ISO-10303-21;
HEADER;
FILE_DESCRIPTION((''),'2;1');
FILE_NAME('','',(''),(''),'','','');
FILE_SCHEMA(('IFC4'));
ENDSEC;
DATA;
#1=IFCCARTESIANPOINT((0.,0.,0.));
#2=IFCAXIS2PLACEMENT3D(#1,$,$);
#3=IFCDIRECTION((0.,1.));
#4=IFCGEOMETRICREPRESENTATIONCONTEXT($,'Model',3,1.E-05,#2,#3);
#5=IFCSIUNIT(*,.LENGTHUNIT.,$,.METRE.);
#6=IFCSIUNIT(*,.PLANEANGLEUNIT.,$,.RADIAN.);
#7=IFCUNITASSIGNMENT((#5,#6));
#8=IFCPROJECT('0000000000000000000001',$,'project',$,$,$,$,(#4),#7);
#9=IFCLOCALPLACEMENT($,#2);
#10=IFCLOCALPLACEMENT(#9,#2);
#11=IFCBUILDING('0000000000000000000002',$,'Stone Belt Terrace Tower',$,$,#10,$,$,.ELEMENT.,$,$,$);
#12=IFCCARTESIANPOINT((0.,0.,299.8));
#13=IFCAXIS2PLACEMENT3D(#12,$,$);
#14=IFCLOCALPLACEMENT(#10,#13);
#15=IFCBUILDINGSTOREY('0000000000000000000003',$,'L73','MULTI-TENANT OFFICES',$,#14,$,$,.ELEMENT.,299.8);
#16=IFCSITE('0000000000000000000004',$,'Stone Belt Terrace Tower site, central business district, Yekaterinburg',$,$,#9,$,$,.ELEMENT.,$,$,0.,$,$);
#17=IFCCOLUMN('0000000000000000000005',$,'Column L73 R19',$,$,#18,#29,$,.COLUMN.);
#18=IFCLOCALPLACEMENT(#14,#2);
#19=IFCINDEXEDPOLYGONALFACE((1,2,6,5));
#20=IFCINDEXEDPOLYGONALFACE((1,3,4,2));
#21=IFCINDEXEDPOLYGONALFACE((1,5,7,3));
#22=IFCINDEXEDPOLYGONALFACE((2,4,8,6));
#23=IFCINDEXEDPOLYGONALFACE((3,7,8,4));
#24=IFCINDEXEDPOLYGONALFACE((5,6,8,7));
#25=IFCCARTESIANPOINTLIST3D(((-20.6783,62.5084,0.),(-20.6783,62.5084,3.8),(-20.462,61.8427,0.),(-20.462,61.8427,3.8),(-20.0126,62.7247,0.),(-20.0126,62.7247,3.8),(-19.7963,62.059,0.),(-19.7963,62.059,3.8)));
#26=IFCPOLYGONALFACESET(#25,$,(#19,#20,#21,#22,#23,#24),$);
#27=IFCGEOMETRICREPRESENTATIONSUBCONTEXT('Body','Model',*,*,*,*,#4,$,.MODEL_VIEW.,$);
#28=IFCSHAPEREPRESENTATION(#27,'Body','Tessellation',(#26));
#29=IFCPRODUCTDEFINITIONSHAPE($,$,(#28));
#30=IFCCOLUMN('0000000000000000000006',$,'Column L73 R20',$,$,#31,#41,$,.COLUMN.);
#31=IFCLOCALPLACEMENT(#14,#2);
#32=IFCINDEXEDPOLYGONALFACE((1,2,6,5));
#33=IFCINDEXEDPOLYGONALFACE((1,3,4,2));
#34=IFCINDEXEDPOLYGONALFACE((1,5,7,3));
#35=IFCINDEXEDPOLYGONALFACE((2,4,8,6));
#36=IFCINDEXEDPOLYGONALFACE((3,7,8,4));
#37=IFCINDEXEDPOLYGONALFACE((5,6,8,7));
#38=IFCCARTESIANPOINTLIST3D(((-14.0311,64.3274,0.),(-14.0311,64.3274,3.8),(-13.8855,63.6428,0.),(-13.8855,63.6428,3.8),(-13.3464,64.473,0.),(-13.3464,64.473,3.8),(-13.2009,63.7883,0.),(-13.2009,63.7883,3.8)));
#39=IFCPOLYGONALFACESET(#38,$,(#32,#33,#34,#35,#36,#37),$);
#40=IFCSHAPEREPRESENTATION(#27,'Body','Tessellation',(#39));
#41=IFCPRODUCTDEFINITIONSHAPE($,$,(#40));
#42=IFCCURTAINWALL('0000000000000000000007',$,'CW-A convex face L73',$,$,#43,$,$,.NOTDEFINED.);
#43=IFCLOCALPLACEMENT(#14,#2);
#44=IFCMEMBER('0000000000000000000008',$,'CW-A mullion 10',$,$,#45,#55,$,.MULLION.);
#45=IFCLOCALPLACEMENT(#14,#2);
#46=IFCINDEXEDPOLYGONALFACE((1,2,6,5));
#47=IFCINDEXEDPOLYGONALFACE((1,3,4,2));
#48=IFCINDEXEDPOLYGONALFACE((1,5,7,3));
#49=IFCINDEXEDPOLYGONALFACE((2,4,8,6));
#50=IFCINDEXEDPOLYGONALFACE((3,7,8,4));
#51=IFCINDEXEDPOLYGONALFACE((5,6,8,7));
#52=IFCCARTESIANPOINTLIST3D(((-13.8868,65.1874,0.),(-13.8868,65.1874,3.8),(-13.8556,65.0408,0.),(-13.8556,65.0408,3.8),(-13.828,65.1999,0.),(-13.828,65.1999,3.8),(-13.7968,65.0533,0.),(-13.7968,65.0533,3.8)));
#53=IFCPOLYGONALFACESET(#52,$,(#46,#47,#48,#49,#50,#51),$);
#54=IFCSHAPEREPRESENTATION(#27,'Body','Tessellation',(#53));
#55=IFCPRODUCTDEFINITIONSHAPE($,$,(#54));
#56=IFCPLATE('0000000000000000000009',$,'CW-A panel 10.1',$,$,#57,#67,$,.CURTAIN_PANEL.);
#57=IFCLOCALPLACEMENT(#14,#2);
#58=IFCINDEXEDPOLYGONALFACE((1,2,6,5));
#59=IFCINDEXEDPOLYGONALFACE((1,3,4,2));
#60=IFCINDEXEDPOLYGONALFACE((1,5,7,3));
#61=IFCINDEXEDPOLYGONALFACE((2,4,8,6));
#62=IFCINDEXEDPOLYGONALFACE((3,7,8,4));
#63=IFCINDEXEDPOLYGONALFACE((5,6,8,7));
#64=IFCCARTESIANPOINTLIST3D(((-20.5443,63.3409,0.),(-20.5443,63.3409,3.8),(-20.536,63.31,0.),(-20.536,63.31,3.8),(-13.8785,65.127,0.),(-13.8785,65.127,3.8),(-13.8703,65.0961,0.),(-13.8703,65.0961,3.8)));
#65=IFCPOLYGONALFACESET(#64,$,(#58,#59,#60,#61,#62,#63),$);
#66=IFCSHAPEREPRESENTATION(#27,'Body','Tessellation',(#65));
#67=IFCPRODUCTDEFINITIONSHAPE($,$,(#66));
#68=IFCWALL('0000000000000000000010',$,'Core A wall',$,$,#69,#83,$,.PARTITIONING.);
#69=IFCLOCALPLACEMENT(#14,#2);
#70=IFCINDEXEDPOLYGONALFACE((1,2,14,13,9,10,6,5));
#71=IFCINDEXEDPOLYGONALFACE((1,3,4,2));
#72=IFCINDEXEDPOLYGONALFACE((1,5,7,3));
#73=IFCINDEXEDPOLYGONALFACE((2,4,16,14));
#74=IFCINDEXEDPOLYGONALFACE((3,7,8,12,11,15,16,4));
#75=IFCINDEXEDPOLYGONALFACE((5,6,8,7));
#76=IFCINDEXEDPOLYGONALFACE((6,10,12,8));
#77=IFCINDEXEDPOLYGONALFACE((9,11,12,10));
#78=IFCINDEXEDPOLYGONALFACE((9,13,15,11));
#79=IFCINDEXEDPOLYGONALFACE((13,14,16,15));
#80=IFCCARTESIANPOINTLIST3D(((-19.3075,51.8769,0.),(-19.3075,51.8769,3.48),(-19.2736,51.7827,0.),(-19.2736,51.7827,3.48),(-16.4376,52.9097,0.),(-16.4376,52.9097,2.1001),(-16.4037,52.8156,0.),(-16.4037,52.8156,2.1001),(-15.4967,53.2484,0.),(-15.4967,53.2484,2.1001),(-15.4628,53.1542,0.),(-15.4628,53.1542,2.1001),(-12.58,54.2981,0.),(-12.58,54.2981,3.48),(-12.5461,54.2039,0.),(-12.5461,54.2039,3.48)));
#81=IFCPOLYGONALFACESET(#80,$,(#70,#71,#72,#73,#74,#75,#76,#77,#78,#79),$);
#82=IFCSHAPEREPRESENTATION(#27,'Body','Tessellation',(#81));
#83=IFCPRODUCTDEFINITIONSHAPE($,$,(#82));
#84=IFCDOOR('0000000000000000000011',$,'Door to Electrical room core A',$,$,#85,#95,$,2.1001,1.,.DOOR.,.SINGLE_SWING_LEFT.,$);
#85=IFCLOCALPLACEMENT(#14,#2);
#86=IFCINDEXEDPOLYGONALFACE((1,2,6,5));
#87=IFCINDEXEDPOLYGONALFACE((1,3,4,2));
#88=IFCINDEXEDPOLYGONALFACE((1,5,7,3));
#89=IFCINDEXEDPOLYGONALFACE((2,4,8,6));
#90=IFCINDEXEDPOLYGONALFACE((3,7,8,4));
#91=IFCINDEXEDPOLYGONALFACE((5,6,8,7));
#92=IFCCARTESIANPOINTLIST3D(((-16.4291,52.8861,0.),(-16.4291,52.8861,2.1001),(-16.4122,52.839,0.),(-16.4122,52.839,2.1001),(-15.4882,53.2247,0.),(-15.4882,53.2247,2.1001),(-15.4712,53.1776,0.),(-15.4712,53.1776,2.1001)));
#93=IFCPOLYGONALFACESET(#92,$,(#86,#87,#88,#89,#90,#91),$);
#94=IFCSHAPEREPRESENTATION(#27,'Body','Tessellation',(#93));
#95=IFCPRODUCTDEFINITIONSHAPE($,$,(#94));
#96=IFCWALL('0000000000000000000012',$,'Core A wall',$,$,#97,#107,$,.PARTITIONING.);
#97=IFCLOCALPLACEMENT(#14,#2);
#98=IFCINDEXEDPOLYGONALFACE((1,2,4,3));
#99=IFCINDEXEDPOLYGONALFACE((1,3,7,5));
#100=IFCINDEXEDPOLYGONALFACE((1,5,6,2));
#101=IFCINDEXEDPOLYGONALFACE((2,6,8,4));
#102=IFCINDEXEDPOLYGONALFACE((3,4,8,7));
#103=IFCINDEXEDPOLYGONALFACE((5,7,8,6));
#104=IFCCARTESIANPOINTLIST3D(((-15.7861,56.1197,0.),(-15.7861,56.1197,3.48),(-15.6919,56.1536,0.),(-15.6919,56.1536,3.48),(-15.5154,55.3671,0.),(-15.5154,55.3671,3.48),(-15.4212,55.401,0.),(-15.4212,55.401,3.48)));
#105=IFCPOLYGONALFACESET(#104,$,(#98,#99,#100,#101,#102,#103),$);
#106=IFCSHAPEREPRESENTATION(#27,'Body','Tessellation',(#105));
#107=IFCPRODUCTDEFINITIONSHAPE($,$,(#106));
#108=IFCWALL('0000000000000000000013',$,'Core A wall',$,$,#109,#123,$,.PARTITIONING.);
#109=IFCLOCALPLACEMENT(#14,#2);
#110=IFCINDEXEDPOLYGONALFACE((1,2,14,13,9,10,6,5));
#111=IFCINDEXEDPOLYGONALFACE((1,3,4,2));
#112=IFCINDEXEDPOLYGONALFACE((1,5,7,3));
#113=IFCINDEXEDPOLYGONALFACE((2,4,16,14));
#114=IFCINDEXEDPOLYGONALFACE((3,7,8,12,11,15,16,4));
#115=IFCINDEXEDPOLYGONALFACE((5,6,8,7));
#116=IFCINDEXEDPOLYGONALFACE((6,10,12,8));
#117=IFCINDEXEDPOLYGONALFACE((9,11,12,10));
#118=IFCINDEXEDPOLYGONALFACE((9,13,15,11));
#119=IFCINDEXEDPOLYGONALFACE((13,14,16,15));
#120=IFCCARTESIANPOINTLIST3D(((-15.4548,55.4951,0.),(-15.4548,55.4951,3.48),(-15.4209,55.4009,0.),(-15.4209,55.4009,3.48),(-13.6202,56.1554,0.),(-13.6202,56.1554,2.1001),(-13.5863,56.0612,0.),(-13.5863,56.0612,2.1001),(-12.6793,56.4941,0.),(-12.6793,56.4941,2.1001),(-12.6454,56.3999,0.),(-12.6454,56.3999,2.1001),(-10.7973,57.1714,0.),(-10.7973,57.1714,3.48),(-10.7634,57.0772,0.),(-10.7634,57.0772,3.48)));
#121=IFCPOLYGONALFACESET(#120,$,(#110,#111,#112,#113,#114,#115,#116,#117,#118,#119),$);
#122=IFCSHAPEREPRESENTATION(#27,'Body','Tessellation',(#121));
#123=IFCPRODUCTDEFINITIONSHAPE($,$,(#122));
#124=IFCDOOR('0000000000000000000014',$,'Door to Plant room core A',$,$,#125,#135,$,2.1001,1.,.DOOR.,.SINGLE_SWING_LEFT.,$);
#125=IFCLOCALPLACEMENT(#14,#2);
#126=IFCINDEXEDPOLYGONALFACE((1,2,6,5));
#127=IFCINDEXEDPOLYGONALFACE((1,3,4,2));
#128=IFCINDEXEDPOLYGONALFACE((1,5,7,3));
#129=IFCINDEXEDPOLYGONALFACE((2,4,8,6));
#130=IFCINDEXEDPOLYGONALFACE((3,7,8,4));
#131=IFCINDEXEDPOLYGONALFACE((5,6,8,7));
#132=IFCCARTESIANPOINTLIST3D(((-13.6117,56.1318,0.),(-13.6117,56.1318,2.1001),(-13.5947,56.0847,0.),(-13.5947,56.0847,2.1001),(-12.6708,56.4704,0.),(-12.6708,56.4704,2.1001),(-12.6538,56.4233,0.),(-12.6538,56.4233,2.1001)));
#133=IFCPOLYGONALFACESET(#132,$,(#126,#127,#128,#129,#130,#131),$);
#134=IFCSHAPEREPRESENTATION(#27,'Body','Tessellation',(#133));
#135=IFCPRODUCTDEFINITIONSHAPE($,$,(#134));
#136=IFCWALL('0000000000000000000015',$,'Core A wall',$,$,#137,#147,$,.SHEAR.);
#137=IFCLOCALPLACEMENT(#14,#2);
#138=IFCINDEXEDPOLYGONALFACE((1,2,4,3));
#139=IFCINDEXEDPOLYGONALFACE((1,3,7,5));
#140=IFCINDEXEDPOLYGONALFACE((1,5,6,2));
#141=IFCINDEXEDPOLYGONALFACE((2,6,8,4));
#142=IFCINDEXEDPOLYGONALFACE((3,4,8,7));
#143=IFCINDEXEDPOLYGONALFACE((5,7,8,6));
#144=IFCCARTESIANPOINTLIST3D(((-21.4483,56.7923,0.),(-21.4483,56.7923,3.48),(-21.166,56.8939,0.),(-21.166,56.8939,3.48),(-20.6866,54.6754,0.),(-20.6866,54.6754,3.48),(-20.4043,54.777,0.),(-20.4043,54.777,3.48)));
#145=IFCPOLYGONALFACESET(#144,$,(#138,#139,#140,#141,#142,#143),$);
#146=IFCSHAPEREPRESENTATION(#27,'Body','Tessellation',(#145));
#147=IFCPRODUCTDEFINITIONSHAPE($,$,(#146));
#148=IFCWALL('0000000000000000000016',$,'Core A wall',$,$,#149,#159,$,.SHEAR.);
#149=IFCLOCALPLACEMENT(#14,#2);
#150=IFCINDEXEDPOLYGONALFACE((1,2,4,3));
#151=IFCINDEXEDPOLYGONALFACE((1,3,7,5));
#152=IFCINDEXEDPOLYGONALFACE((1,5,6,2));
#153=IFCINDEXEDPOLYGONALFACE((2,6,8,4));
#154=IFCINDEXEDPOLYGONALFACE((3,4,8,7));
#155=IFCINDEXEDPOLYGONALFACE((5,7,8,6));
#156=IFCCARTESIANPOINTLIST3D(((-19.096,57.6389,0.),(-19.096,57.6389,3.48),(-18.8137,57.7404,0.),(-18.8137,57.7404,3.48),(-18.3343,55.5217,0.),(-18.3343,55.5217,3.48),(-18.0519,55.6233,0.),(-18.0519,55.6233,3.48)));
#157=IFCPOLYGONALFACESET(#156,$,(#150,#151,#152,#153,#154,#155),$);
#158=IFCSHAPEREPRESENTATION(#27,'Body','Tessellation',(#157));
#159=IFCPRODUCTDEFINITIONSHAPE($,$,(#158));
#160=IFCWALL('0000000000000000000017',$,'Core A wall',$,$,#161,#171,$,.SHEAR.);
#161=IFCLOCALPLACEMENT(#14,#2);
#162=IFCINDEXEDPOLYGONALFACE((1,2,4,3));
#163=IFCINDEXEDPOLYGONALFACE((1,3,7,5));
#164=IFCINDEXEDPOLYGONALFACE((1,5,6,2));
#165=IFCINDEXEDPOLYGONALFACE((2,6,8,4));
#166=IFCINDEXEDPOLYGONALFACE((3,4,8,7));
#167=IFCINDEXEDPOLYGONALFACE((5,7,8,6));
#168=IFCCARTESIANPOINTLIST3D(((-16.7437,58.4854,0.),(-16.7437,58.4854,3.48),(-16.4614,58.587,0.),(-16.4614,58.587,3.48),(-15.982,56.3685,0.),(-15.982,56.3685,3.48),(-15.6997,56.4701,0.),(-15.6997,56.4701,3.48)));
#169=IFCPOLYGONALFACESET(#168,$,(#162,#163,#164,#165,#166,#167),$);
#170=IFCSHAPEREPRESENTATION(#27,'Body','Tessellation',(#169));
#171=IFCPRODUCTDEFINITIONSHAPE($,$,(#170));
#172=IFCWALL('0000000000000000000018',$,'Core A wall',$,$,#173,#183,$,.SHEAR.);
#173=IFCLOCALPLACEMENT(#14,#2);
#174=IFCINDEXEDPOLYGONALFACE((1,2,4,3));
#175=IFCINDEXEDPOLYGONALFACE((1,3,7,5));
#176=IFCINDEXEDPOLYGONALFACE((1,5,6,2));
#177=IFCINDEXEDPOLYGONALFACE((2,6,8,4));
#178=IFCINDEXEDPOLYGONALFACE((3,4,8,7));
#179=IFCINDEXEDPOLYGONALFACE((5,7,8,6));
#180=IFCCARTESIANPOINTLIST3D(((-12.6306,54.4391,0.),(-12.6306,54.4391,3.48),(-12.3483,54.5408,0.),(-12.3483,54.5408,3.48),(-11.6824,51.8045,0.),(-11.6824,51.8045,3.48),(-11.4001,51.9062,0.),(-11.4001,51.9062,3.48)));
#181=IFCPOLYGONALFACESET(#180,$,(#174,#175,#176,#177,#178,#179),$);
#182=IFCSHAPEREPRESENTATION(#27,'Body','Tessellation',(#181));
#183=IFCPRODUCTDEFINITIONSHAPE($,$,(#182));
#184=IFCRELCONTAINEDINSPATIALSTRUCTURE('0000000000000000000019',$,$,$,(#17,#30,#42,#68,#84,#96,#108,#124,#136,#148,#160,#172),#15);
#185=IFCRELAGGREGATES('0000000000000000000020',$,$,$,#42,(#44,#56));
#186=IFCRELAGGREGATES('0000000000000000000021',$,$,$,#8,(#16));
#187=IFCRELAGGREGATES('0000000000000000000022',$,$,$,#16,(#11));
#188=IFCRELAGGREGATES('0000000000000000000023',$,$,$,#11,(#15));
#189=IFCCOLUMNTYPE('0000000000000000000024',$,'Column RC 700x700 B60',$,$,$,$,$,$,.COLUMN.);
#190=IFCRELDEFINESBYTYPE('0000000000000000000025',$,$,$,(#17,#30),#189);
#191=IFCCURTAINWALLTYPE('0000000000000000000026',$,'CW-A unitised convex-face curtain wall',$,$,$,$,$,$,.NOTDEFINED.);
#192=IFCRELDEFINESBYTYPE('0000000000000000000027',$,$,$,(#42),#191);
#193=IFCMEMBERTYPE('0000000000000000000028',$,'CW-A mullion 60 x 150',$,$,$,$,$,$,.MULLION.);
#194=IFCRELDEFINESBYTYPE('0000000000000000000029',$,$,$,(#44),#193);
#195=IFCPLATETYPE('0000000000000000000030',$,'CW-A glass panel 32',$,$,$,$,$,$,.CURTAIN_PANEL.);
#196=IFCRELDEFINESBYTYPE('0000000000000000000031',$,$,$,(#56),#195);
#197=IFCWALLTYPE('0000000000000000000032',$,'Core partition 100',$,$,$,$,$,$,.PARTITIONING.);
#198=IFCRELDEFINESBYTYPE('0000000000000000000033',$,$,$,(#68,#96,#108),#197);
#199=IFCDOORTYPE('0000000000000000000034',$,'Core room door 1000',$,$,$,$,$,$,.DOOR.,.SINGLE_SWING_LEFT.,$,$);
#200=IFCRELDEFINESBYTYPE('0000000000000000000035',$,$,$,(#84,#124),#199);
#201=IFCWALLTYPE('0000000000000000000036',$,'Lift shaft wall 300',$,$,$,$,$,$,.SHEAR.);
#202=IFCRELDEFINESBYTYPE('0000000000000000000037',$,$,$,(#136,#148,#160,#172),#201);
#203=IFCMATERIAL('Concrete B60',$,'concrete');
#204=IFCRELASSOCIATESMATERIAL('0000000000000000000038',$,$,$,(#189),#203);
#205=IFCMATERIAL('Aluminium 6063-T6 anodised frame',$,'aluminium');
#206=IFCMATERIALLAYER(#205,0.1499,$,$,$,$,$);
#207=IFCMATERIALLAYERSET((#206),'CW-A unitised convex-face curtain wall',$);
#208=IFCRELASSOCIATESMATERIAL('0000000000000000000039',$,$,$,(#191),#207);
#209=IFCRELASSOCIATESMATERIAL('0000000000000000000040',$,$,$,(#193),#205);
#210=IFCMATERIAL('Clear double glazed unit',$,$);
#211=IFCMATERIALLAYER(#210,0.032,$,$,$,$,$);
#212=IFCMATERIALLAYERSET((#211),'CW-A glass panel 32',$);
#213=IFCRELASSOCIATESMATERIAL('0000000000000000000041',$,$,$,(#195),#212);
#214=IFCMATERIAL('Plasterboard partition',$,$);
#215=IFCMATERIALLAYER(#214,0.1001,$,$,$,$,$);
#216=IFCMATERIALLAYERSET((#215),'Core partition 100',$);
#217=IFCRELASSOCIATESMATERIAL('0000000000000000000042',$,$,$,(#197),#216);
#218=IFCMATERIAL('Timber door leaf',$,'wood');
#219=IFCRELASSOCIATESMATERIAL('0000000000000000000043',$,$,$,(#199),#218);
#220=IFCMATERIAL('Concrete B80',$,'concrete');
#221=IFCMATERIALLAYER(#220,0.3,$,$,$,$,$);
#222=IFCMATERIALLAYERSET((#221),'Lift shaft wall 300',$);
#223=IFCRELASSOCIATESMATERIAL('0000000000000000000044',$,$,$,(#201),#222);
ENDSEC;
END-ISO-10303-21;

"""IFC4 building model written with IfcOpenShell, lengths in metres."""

from ifc_helpers import new_model, si_unit, direction, frame, frame_2d, origin, origin_2d, place, context, subcontext, project, spatial, rectangle, extrude, material, layer, layer_set, material_profile, profile_set, type_object, element, fill, aggregate, save


model = new_model("IFC4")

# Units and contexts
model_context = context("Model", 3, precision=1e-05, world=origin(), true_north=direction((0.0, 1.0)))
body_context = subcontext(model_context, "Body", "Model", "MODEL_VIEW")
ifc_project = project(units=[si_unit("LENGTHUNIT", "METRE"), si_unit("PLANEANGLEUNIT", "RADIAN")], contexts=[model_context])

# Site, building, storey
site_placement = place(None, origin())
site = spatial("IfcSite", under=ifc_project, at=site_placement, Name="Stone Belt Terrace Tower site, central business district, Yekaterinburg", CompositionType="ELEMENT", RefElevation=0.0)
building_placement = place(site_placement, origin())
building = spatial("IfcBuilding", under=site, at=building_placement, Name="Stone Belt Terrace Tower", CompositionType="ELEMENT")
storey_placement = place(building_placement, frame((0.0, 0.0, 299.8)))
storey = spatial("IfcBuildingStorey", under=building, at=storey_placement, Name="L73", Description="MULTI-TENANT OFFICES", CompositionType="ELEMENT", Elevation=299.8)

# Columns
ifc_material_1 = material(Name="Concrete B60", Category="concrete")
ifc_material_profile_1 = material_profile(ifc_material_1, rectangle(XDim=0.7, YDim=0.7, at=origin_2d()), Name="RC 700x700")
ifc_profile_set_1 = profile_set([ifc_material_profile_1], Name="Concrete B60")
column_type = type_object("IfcColumnType", Name="Column RC 700x700 B60", PredefinedType="COLUMN", material=ifc_profile_set_1)
for number, where, z_axis, x_axis, name in (
    (1, (-20.2373, 62.2837, 0.0), (0.0, 0.0, 1.0), (0.951057, 0.309017, 0.0), "Column L73 R19"),
    (2, (-13.616, 64.0579, 0.0), (0.0, 0.0, 1.0), (0.978148, 0.207912, 0.0), "Column L73 R20"),
):
    element("IfcColumn", number, at=place(storey_placement, frame(where, z_axis=z_axis, x_axis=x_axis)), inside=storey, type_object=column_type, Name=name, PredefinedType="COLUMN", context=body_context, shape_type="SweptSolid", body=[
        extrude(rectangle(XDim=0.7, YDim=0.7, at=origin_2d()), origin(), (0.0, 0.0, 1.0), 3.8),
    ])

# Curtain wall, member, plate
ifc_material_2 = material(Name="Aluminium 6063-T6 anodised frame", Category="aluminium")
ifc_layer_1 = layer(ifc_material_2, 0.1499)
ifc_layer_set_1 = layer_set([ifc_layer_1], Name="CW-A unitised convex-face curtain wall")
curtain_wall_type = type_object("IfcCurtainWallType", Name="CW-A unitised convex-face curtain wall", PredefinedType="NOTDEFINED", material=ifc_layer_set_1)
curtain_wall_placement = place(storey_placement, origin())
curtain_wall = element("IfcCurtainWall", 3, at=curtain_wall_placement, inside=storey, type_object=curtain_wall_type, Name="CW-A convex face L73", PredefinedType="NOTDEFINED")
ifc_material_profile_2 = material_profile(ifc_material_2, rectangle(XDim=0.1499, YDim=0.0601, at=origin_2d()), Name="Aluminium 6063-T6 60x150")
ifc_profile_set_2 = profile_set([ifc_material_profile_2], Name="Aluminium 6063-T6 anodised frame")
member_type = type_object("IfcMemberType", Name="CW-A mullion 60 x 150", PredefinedType="MULLION", material=ifc_profile_set_2)
member_placement = place(storey_placement, frame((-13.8418, 65.1204, 0.0), z_axis=(0.0, 0.0, 1.0), x_axis=(0.207912, -0.978148, 0.0)))
member = element("IfcMember", 4, at=member_placement, type_object=member_type, Name="CW-A mullion 10", PredefinedType="MULLION", context=body_context, shape_type="SweptSolid", body=[
    extrude(rectangle(XDim=0.1499, YDim=0.0601, at=origin_2d()), origin(), (0.0, 0.0, 1.0), 3.8),
])
ifc_material_3 = material(Name="Clear double glazed unit")
ifc_layer_2 = layer(ifc_material_3, 0.032)
ifc_layer_set_2 = layer_set([ifc_layer_2], Name="CW-A glass panel 32")
plate_type = type_object("IfcPlateType", Name="CW-A glass panel 32", PredefinedType="CURTAIN_PANEL", material=ifc_layer_set_2)
plate_placement = place(storey_placement, frame((-17.2073, 64.2185, 0.0), z_axis=(0.0, 0.0, 1.0), x_axis=(-0.965926, -0.258819, 0.0)))
plate = element("IfcPlate", 5, at=plate_placement, type_object=plate_type, Name="CW-A panel 10.1", PredefinedType="CURTAIN_PANEL", context=body_context, shape_type="SweptSolid", body=[
    extrude(rectangle(XDim=6.9009, YDim=0.032, at=origin_2d()), origin(), (0.0, 0.0, 1.0), 3.8),
])
aggregate(curtain_wall, [member, plate])

# Wall, opening, door
ifc_material_4 = material(Name="Plasterboard partition")
ifc_layer_3 = layer(ifc_material_4, 0.1001)
ifc_layer_set_3 = layer_set([ifc_layer_3], Name="Core partition 100")
wall_type_1 = type_object("IfcWallType", Name="Core partition 100", PredefinedType="PARTITIONING", material=ifc_layer_set_3)
wall_1_placement = place(storey_placement, frame((-19.2905, 51.8298, 0.0), z_axis=(0.0, 0.0, 1.0), x_axis=(0.940922, 0.338624, 0.0)))
wall_1 = element("IfcWall", 6, at=wall_1_placement, inside=storey, type_object=wall_type_1, Name="Core A wall", PredefinedType="PARTITIONING", context=body_context, shape_type="SweptSolid", body=[
    extrude(rectangle(XDim=7.1499, YDim=0.1001, at=frame_2d((3.575, 0.0))), origin(), (0.0, 0.0, 1.0), 3.48),
])
opening_1_placement = place(wall_1_placement, frame((3.05, 0.0, 0.0)))
opening_1 = element("IfcOpeningElement", 7, at=opening_1_placement, cuts=wall_1, PredefinedType="OPENING", context=body_context, shape_type="SweptSolid", body=[
    extrude(rectangle(XDim=1.0, YDim=2.1001, at=frame_2d((0.5, 1.05))), frame((0.0, 0.0601, 0.0), z_axis=(0.0, -1.0, 0.0), x_axis=(1.0, 0.0, 0.0)), (0.0, 0.0, 1.0), 0.1201),
])
ifc_material_5 = material(Name="Timber door leaf", Category="wood")
door_type_1 = type_object("IfcDoorType", Name="Core room door 1000", OperationType="SINGLE_SWING_LEFT", PredefinedType="DOOR", material=ifc_material_5)
door_1_placement = place(opening_1_placement, origin())
door_1 = element("IfcDoor", 8, at=door_1_placement, inside=storey, type_object=door_type_1, Name="Door to Electrical room core A", OperationType="SINGLE_SWING_LEFT", OverallHeight=2.1001, OverallWidth=1.0, PredefinedType="DOOR", context=body_context, shape_type="SweptSolid", body=[
    extrude(rectangle(XDim=1.0, YDim=2.1001, at=frame_2d((0.5, 1.05))), frame((0.0, 0.0249, 0.0), z_axis=(0.0, -1.0, 0.0), x_axis=(1.0, 0.0, 0.0)), (0.0, 0.0, 1.0), 0.05),
])
fill(opening_1, door_1)

# Wall
wall_2_placement = place(storey_placement, frame((-15.4683, 55.384, 0.0), z_axis=(0.0, 0.0, 1.0), x_axis=(-0.338482, 0.940973, 0.0)))
element("IfcWall", 9, at=wall_2_placement, inside=storey, type_object=wall_type_1, Name="Core A wall", PredefinedType="PARTITIONING", context=body_context, shape_type="SweptSolid", body=[
    extrude(rectangle(XDim=0.7998, YDim=0.1001, at=frame_2d((0.3999, 0.0))), origin(), (0.0, 0.0, 1.0), 3.48),
])

# Wall, opening, door
wall_3_placement = place(storey_placement, frame((-15.438, 55.448, 0.0), z_axis=(0.0, 0.0, 1.0), x_axis=(0.940914, 0.338644, 0.0)))
wall_3 = element("IfcWall", 10, at=wall_3_placement, inside=storey, type_object=wall_type_1, Name="Core A wall", PredefinedType="PARTITIONING", context=body_context, shape_type="SweptSolid", body=[
    extrude(rectangle(XDim=4.95, YDim=0.1001, at=frame_2d((2.4751, 0.0))), origin(), (0.0, 0.0, 1.0), 3.48),
])
opening_2_placement = place(wall_3_placement, frame((1.95, 0.0, 0.0)))
opening_2 = element("IfcOpeningElement", 11, at=opening_2_placement, cuts=wall_3, PredefinedType="OPENING", context=body_context, shape_type="SweptSolid", body=[
    extrude(rectangle(XDim=1.0, YDim=2.1001, at=frame_2d((0.5, 1.05))), frame((0.0, 0.0601, 0.0), z_axis=(0.0, -1.0, 0.0), x_axis=(1.0, 0.0, 0.0)), (0.0, 0.0, 1.0), 0.1201),
])
door_2_placement = place(opening_2_placement, origin())
door_2 = element("IfcDoor", 12, at=door_2_placement, inside=storey, type_object=door_type_1, Name="Door to Plant room core A", OperationType="SINGLE_SWING_LEFT", OverallHeight=2.1001, OverallWidth=1.0, PredefinedType="DOOR", context=body_context, shape_type="SweptSolid", body=[
    extrude(rectangle(XDim=1.0, YDim=2.1001, at=frame_2d((0.5, 1.05))), frame((0.0, 0.0249, 0.0), z_axis=(0.0, -1.0, 0.0), x_axis=(1.0, 0.0, 0.0)), (0.0, 0.0, 1.0), 0.05),
])
fill(opening_2, door_2)

# Walls
ifc_material_6 = material(Name="Concrete B80", Category="concrete")
ifc_layer_4 = layer(ifc_material_6, 0.3)
ifc_layer_set_4 = layer_set([ifc_layer_4], Name="Lift shaft wall 300")
wall_type_2 = type_object("IfcWallType", Name="Lift shaft wall 300", PredefinedType="SHEAR", material=ifc_layer_set_4)
wall_4_placement = place(storey_placement, frame((-20.5454, 54.7261, 0.0), z_axis=(0.0, 0.0, 1.0), x_axis=(-0.33857, 0.940941, 0.0)))
element("IfcWall", 13, at=wall_4_placement, inside=storey, type_object=wall_type_2, Name="Core A wall", PredefinedType="SHEAR", context=body_context, shape_type="SweptSolid", body=[
    extrude(rectangle(XDim=2.2498, YDim=0.3, at=frame_2d((1.125, 0.0))), origin(), (0.0, 0.0, 1.0), 3.48),
])
wall_5_placement = place(storey_placement, frame((-18.1931, 55.5725, 0.0), z_axis=(0.0, 0.0, 1.0), x_axis=(-0.338535, 0.940954, 0.0)))
element("IfcWall", 14, at=wall_5_placement, inside=storey, type_object=wall_type_2, Name="Core A wall", PredefinedType="SHEAR", context=body_context, shape_type="SweptSolid", body=[
    extrude(rectangle(XDim=2.25, YDim=0.3, at=frame_2d((1.125, 0.0))), origin(), (0.0, 0.0, 1.0), 3.48),
])
wall_6_placement = place(storey_placement, frame((-15.8408, 56.4192, 0.0), z_axis=(0.0, 0.0, 1.0), x_axis=(-0.33857, 0.940941, 0.0)))
element("IfcWall", 15, at=wall_6_placement, inside=storey, type_object=wall_type_2, Name="Core A wall", PredefinedType="SHEAR", context=body_context, shape_type="SweptSolid", body=[
    extrude(rectangle(XDim=2.2498, YDim=0.3, at=frame_2d((1.125, 0.0))), origin(), (0.0, 0.0, 1.0), 3.48),
])
wall_7_placement = place(storey_placement, frame((-11.5413, 51.8555, 0.0), z_axis=(0.0, 0.0, 1.0), x_axis=(-0.338661, 0.940909, 0.0)))
element("IfcWall", 16, at=wall_7_placement, inside=storey, type_object=wall_type_2, Name="Core A wall", PredefinedType="SHEAR", context=body_context, shape_type="SweptSolid", body=[
    extrude(rectangle(XDim=2.8, YDim=0.3, at=frame_2d((1.3999, 0.0))), origin(), (0.0, 0.0, 1.0), 3.48),
])

save(model, "model.ifc")
